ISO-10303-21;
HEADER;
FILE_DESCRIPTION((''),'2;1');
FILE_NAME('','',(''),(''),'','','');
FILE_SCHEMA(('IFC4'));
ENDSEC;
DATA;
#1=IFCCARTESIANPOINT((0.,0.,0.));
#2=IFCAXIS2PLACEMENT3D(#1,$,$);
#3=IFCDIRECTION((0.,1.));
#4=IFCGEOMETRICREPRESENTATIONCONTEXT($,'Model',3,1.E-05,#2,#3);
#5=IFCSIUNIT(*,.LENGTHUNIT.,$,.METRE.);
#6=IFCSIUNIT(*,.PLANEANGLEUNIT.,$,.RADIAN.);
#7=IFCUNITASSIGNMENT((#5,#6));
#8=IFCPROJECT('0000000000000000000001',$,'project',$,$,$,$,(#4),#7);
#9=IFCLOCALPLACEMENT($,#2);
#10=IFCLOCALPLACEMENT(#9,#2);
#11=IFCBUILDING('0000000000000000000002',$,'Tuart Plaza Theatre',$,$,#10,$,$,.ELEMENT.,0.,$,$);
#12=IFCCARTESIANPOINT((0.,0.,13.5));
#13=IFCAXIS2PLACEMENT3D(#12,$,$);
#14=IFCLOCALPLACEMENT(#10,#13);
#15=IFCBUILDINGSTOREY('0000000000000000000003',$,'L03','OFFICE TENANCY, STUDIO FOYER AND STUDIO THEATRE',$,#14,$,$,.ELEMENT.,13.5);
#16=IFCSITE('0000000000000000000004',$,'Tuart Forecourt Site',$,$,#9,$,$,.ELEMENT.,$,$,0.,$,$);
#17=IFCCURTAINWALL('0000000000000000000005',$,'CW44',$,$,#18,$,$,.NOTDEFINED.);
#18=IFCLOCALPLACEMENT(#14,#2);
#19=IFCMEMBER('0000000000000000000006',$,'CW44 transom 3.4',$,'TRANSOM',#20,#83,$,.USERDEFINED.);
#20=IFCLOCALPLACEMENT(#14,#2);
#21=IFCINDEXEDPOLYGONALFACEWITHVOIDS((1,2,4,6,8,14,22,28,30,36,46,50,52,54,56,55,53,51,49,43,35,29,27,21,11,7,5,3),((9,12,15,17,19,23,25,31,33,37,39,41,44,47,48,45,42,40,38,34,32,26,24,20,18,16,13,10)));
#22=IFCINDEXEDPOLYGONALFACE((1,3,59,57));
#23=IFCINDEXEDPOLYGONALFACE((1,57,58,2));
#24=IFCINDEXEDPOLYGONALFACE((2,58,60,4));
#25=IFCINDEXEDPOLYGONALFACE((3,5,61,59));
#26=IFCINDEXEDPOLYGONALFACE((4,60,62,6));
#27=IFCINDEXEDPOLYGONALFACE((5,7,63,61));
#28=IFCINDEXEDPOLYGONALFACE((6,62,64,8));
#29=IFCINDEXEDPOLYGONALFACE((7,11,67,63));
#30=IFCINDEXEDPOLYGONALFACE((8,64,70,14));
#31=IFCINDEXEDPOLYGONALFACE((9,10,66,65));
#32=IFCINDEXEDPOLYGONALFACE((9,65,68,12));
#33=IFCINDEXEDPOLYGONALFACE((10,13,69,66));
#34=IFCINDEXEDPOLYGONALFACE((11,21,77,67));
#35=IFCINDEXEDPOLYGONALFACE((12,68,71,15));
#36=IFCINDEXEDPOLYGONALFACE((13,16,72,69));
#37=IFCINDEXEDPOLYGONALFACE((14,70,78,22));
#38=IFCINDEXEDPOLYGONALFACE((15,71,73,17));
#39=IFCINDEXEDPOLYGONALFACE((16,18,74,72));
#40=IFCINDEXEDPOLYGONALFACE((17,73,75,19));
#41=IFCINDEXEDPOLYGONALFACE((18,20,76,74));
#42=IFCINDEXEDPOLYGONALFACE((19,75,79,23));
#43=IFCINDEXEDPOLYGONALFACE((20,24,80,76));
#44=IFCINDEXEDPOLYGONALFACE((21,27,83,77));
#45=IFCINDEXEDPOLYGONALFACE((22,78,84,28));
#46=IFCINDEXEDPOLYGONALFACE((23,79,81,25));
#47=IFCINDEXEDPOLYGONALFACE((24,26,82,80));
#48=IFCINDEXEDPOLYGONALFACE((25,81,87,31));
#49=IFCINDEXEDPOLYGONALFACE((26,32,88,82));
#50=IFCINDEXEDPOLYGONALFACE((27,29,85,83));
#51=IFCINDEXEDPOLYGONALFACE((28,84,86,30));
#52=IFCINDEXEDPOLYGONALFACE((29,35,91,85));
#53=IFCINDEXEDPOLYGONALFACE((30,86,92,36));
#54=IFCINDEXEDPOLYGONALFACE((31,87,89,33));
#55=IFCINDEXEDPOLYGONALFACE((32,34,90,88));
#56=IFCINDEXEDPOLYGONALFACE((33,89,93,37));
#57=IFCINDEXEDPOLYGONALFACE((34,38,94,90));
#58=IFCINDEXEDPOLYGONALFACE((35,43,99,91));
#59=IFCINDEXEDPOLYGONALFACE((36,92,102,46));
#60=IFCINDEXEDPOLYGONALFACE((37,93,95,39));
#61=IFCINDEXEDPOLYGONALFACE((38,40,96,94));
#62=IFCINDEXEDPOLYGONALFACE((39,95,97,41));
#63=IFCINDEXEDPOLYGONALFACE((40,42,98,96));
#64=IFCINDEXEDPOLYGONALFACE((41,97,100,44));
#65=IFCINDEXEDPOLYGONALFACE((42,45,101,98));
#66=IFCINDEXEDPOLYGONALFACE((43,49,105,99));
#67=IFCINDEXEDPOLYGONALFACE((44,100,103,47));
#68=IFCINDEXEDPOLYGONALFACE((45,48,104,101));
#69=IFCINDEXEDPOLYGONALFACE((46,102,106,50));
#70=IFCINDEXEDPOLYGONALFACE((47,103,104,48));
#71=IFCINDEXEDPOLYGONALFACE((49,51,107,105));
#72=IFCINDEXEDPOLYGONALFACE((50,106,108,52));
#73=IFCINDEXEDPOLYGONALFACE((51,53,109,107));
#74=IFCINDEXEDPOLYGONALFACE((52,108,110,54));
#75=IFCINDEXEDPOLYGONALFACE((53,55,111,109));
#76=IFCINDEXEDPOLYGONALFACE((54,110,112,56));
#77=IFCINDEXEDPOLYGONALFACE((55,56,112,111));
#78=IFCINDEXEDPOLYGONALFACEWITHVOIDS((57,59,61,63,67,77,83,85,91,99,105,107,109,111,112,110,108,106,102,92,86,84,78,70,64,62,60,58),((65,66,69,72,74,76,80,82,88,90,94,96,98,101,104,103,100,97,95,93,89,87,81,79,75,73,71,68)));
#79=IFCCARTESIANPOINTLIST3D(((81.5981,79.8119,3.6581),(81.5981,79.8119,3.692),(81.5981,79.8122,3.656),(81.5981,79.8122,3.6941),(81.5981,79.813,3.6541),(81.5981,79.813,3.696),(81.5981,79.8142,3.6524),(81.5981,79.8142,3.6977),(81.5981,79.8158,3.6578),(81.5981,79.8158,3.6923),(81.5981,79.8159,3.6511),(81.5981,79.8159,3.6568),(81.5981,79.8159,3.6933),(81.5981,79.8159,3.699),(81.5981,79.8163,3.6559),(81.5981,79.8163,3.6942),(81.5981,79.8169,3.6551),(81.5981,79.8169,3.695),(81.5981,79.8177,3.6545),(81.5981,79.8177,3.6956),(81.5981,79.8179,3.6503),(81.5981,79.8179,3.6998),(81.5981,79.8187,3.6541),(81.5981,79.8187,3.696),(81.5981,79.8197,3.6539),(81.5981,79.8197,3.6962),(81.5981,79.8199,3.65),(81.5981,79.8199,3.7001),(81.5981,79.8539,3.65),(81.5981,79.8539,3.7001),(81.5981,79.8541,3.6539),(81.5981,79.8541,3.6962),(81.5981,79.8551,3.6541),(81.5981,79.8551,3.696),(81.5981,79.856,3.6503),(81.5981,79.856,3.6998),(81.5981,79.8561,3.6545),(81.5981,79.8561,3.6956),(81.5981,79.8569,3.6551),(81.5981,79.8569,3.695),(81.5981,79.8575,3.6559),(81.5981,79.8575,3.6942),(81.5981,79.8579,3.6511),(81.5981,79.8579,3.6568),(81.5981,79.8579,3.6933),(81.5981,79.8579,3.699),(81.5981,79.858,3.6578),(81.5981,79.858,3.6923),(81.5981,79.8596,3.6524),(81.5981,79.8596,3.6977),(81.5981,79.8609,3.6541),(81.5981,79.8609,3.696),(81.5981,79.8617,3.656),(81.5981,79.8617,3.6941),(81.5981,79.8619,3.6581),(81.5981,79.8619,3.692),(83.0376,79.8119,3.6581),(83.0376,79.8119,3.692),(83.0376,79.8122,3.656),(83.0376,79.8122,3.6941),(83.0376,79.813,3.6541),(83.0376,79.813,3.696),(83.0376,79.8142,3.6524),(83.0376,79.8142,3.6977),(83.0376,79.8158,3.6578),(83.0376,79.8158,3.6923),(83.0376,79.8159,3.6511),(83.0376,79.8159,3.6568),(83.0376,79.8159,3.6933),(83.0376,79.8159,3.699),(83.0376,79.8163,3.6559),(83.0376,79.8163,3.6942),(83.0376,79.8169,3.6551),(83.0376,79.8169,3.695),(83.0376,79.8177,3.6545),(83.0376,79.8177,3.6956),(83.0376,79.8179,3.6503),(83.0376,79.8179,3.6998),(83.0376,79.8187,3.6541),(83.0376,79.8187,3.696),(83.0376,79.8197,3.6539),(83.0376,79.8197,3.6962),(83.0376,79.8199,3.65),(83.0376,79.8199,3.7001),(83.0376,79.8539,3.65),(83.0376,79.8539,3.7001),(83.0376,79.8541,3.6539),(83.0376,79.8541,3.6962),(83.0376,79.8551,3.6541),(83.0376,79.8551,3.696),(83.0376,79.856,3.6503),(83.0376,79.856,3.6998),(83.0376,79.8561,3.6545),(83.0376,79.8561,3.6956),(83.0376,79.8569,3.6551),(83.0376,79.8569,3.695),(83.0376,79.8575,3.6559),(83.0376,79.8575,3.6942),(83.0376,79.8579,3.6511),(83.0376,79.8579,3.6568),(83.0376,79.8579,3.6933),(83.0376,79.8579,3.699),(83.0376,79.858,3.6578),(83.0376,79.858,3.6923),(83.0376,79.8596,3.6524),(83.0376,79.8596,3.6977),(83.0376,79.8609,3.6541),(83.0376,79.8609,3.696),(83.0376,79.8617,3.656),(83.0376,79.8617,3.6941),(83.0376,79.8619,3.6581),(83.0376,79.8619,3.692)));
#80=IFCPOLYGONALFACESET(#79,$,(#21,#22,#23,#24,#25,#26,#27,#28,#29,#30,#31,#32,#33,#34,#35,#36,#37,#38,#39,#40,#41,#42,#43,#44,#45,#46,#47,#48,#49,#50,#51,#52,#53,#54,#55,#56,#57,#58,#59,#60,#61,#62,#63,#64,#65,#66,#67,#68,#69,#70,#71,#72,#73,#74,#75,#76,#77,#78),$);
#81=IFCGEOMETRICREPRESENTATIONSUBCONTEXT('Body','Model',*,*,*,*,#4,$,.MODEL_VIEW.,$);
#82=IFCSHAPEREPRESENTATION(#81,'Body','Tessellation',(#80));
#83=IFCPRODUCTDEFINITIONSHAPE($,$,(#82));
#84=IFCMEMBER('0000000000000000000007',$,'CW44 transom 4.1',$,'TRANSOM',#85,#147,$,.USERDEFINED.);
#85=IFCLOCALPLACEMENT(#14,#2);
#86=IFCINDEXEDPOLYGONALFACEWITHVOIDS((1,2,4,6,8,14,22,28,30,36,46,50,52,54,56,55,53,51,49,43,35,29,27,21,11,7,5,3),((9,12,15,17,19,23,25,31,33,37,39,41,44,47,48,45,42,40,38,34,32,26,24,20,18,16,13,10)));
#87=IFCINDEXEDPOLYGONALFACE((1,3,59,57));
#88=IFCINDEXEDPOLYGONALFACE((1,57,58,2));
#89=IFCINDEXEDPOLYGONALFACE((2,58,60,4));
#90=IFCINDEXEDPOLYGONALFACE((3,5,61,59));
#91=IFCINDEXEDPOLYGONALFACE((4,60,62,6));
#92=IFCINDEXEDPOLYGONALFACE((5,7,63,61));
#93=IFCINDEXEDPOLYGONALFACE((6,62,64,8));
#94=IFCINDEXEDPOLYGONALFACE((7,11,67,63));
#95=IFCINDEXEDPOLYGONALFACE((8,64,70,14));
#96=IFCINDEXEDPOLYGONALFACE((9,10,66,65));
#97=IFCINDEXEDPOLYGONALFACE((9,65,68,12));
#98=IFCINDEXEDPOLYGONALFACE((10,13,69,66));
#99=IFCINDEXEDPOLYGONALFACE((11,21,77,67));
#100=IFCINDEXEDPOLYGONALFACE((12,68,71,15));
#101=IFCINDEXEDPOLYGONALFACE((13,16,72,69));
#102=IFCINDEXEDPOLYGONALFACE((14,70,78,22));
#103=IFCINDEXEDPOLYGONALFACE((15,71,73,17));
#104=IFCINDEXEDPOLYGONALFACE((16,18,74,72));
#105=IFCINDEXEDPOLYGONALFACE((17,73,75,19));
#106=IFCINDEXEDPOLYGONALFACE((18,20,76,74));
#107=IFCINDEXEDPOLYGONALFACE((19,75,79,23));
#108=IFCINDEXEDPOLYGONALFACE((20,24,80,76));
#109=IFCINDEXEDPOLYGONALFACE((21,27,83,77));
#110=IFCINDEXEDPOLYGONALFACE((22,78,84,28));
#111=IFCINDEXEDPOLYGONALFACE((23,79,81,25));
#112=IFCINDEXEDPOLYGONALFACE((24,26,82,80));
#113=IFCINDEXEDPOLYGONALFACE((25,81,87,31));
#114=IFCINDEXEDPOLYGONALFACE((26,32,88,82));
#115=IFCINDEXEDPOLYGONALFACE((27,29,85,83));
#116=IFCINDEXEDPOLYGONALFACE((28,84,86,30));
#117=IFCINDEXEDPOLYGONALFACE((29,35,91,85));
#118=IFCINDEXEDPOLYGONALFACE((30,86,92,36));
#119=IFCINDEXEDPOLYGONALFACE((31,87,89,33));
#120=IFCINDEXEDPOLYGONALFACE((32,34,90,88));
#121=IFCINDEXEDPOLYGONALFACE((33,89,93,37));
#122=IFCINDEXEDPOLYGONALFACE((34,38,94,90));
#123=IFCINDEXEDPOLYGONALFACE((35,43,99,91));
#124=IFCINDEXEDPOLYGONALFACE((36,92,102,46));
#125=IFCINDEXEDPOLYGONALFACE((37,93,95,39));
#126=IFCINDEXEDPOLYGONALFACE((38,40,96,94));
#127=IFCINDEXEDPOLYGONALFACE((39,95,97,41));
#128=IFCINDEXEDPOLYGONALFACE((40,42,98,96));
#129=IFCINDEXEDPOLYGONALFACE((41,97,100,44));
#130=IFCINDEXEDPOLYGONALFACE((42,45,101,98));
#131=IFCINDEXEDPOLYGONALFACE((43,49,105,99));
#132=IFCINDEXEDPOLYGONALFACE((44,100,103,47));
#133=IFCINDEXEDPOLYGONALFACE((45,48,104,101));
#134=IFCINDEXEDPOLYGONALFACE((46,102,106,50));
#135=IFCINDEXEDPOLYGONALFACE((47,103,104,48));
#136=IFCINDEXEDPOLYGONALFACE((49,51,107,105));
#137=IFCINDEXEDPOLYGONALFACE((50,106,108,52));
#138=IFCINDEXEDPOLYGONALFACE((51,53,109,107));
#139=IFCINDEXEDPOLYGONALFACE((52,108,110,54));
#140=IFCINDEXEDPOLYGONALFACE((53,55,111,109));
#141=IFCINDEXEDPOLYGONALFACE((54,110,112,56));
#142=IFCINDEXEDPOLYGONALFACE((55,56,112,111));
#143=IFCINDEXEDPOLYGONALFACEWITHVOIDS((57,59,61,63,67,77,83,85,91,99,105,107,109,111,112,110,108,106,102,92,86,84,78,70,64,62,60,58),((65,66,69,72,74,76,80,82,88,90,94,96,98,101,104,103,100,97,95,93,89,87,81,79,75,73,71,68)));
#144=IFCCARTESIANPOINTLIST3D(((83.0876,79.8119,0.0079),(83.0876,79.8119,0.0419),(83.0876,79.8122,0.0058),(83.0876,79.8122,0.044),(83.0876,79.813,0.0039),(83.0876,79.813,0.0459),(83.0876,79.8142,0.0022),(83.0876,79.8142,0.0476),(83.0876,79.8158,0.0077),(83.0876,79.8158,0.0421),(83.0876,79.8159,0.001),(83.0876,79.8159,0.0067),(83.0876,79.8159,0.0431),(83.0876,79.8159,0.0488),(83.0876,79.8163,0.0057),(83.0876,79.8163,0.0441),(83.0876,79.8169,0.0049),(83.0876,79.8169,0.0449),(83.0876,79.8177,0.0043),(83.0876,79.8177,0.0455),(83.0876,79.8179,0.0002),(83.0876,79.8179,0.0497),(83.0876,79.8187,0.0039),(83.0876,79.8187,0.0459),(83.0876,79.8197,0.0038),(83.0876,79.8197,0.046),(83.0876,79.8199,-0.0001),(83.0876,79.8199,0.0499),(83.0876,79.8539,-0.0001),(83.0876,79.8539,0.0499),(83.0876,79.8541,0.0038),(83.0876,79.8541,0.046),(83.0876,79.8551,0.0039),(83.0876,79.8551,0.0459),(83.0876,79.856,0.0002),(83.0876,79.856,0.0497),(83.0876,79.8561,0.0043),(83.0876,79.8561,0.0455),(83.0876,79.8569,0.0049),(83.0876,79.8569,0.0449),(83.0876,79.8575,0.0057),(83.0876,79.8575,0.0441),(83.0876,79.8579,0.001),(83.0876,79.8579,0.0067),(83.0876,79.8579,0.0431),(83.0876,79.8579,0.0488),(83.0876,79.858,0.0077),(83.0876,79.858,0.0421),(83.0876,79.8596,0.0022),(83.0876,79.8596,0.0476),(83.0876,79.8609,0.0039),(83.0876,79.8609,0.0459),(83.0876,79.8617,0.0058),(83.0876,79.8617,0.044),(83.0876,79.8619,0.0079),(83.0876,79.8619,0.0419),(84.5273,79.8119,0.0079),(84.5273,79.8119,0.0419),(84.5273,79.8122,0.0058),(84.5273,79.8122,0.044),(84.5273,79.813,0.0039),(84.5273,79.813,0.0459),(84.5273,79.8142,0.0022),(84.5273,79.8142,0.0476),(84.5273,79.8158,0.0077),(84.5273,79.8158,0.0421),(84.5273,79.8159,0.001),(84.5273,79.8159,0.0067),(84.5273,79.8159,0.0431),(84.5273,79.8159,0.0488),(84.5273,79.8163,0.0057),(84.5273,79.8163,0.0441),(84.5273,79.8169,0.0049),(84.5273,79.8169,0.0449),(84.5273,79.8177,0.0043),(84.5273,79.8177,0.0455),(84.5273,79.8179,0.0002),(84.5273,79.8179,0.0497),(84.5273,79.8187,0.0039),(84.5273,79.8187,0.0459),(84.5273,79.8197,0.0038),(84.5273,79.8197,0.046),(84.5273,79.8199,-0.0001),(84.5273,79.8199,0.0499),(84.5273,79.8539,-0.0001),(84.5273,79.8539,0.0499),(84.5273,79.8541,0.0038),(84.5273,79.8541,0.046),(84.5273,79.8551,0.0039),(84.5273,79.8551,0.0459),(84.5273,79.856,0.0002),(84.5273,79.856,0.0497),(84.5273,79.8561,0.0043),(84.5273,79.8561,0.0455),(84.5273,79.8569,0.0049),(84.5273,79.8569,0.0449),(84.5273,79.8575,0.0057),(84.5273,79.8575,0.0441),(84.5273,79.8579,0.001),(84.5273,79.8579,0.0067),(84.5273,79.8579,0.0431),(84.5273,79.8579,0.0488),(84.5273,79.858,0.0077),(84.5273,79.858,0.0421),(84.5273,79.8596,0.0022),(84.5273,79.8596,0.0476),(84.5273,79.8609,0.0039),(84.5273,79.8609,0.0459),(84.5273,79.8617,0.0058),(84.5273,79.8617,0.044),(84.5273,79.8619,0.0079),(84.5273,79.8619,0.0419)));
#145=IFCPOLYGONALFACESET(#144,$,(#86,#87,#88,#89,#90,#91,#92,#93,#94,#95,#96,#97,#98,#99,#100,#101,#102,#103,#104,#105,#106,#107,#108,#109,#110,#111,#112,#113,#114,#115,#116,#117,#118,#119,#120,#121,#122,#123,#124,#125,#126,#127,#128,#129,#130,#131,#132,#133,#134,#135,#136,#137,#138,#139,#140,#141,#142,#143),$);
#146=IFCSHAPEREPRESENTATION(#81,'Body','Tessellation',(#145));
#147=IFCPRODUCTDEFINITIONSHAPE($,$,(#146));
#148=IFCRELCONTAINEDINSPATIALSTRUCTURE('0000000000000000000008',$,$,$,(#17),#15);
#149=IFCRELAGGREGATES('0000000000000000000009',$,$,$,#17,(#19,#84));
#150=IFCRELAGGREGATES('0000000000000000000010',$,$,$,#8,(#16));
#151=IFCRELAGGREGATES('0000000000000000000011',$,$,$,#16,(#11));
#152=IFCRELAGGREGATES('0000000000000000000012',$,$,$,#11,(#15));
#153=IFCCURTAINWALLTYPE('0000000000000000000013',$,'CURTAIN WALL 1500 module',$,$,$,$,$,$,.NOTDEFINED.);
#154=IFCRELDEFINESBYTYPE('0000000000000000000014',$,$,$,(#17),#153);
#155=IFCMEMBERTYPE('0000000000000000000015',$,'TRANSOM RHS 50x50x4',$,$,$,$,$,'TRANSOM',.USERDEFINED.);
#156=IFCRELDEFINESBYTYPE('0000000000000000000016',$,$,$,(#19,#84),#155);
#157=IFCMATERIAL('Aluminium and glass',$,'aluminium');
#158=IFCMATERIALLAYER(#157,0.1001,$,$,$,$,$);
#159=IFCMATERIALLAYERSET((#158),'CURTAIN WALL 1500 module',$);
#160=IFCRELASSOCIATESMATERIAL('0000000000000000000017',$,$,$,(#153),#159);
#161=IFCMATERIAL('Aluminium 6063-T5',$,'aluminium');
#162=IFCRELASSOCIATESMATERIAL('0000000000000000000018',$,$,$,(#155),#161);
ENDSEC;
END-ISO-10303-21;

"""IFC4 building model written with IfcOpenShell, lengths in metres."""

from ifc_helpers import new_model, si_unit, direction, frame, origin, origin_2d, place, context, subcontext, project, spatial, hollow_rectangle, extrude, material, layer, layer_set, material_profile, profile_set, type_object, element, aggregate, save


model = new_model("IFC4")

# Units and contexts
model_context = context("Model", 3, precision=1e-05, world=origin(), true_north=direction((0.0, 1.0)))
body_context = subcontext(model_context, "Body", "Model", "MODEL_VIEW")
ifc_project = project(units=[si_unit("LENGTHUNIT", "METRE"), si_unit("PLANEANGLEUNIT", "RADIAN")], contexts=[model_context])

# Site, building, storey
site_placement = place(None, origin())
site = spatial("IfcSite", under=ifc_project, at=site_placement, Name="Tuart Forecourt Site", CompositionType="ELEMENT", RefElevation=0.0)
building_placement = place(site_placement, origin())
building = spatial("IfcBuilding", under=site, at=building_placement, Name="Tuart Plaza Theatre", CompositionType="ELEMENT", ElevationOfRefHeight=0.0)
storey_placement = place(building_placement, frame((0.0, 0.0, 13.5)))
storey = spatial("IfcBuildingStorey", under=building, at=storey_placement, Name="L03", Description="OFFICE TENANCY, STUDIO FOYER AND STUDIO THEATRE", CompositionType="ELEMENT", Elevation=13.5)

# Curtain wall, members
ifc_material_1 = material(Name="Aluminium and glass", Category="aluminium")
ifc_layer_1 = layer(ifc_material_1, 0.1001)
ifc_layer_set_1 = layer_set([ifc_layer_1], Name="CURTAIN WALL 1500 module")
curtain_wall_type = type_object("IfcCurtainWallType", Name="CURTAIN WALL 1500 module", PredefinedType="NOTDEFINED", material=ifc_layer_set_1)
curtain_wall_placement = place(storey_placement, origin())
curtain_wall = element("IfcCurtainWall", 1, at=curtain_wall_placement, inside=storey, type_object=curtain_wall_type, Name="CW44", PredefinedType="NOTDEFINED")
ifc_material_2 = material(Name="Aluminium 6063-T5", Category="aluminium")
ifc_material_profile_1 = material_profile(ifc_material_2, hollow_rectangle(XDim=0.05, YDim=0.05, WallThickness=0.0039, InnerFilletRadius=0.0039, OuterFilletRadius=0.0081, at=origin_2d()), Name="RHS 50x50x4")
ifc_profile_set_1 = profile_set([ifc_material_profile_1], Name="Aluminium 6063-T5")
member_type_1 = type_object("IfcMemberType", Name="TRANSOM RHS 50x50x4", ElementType="TRANSOM", PredefinedType="USERDEFINED", material=ifc_profile_set_1)
member_1_placement = place(storey_placement, frame((81.5981, 79.8369, 3.675), z_axis=(1.0, 0.0, 0.0), x_axis=(0.0, 1.0, 0.0)))
member_1 = element("IfcMember", 2, at=member_1_placement, type_object=member_type_1, Name="CW44 transom 3.4", ObjectType="TRANSOM", PredefinedType="USERDEFINED", context=body_context, shape_type="SweptSolid", body=[
    extrude(hollow_rectangle(XDim=0.05, YDim=0.05, WallThickness=0.0039, InnerFilletRadius=0.0039, OuterFilletRadius=0.0081, at=origin_2d()), origin(), (0.0, 0.0, 1.0), 1.4395),
])
member_2_placement = place(storey_placement, frame((83.0876, 79.8369, 0.0249), z_axis=(1.0, 0.0, 0.0), x_axis=(0.0, 1.0, 0.0)))
member_2 = element("IfcMember", 3, at=member_2_placement, type_object=member_type_1, Name="CW44 transom 4.1", ObjectType="TRANSOM", PredefinedType="USERDEFINED", context=body_context, shape_type="SweptSolid", body=[
    extrude(hollow_rectangle(XDim=0.05, YDim=0.05, WallThickness=0.0039, InnerFilletRadius=0.0039, OuterFilletRadius=0.0081, at=origin_2d()), origin(), (0.0, 0.0, 1.0), 1.4397),
])
aggregate(curtain_wall, [member_1, member_2])

save(model, "model.ifc")
